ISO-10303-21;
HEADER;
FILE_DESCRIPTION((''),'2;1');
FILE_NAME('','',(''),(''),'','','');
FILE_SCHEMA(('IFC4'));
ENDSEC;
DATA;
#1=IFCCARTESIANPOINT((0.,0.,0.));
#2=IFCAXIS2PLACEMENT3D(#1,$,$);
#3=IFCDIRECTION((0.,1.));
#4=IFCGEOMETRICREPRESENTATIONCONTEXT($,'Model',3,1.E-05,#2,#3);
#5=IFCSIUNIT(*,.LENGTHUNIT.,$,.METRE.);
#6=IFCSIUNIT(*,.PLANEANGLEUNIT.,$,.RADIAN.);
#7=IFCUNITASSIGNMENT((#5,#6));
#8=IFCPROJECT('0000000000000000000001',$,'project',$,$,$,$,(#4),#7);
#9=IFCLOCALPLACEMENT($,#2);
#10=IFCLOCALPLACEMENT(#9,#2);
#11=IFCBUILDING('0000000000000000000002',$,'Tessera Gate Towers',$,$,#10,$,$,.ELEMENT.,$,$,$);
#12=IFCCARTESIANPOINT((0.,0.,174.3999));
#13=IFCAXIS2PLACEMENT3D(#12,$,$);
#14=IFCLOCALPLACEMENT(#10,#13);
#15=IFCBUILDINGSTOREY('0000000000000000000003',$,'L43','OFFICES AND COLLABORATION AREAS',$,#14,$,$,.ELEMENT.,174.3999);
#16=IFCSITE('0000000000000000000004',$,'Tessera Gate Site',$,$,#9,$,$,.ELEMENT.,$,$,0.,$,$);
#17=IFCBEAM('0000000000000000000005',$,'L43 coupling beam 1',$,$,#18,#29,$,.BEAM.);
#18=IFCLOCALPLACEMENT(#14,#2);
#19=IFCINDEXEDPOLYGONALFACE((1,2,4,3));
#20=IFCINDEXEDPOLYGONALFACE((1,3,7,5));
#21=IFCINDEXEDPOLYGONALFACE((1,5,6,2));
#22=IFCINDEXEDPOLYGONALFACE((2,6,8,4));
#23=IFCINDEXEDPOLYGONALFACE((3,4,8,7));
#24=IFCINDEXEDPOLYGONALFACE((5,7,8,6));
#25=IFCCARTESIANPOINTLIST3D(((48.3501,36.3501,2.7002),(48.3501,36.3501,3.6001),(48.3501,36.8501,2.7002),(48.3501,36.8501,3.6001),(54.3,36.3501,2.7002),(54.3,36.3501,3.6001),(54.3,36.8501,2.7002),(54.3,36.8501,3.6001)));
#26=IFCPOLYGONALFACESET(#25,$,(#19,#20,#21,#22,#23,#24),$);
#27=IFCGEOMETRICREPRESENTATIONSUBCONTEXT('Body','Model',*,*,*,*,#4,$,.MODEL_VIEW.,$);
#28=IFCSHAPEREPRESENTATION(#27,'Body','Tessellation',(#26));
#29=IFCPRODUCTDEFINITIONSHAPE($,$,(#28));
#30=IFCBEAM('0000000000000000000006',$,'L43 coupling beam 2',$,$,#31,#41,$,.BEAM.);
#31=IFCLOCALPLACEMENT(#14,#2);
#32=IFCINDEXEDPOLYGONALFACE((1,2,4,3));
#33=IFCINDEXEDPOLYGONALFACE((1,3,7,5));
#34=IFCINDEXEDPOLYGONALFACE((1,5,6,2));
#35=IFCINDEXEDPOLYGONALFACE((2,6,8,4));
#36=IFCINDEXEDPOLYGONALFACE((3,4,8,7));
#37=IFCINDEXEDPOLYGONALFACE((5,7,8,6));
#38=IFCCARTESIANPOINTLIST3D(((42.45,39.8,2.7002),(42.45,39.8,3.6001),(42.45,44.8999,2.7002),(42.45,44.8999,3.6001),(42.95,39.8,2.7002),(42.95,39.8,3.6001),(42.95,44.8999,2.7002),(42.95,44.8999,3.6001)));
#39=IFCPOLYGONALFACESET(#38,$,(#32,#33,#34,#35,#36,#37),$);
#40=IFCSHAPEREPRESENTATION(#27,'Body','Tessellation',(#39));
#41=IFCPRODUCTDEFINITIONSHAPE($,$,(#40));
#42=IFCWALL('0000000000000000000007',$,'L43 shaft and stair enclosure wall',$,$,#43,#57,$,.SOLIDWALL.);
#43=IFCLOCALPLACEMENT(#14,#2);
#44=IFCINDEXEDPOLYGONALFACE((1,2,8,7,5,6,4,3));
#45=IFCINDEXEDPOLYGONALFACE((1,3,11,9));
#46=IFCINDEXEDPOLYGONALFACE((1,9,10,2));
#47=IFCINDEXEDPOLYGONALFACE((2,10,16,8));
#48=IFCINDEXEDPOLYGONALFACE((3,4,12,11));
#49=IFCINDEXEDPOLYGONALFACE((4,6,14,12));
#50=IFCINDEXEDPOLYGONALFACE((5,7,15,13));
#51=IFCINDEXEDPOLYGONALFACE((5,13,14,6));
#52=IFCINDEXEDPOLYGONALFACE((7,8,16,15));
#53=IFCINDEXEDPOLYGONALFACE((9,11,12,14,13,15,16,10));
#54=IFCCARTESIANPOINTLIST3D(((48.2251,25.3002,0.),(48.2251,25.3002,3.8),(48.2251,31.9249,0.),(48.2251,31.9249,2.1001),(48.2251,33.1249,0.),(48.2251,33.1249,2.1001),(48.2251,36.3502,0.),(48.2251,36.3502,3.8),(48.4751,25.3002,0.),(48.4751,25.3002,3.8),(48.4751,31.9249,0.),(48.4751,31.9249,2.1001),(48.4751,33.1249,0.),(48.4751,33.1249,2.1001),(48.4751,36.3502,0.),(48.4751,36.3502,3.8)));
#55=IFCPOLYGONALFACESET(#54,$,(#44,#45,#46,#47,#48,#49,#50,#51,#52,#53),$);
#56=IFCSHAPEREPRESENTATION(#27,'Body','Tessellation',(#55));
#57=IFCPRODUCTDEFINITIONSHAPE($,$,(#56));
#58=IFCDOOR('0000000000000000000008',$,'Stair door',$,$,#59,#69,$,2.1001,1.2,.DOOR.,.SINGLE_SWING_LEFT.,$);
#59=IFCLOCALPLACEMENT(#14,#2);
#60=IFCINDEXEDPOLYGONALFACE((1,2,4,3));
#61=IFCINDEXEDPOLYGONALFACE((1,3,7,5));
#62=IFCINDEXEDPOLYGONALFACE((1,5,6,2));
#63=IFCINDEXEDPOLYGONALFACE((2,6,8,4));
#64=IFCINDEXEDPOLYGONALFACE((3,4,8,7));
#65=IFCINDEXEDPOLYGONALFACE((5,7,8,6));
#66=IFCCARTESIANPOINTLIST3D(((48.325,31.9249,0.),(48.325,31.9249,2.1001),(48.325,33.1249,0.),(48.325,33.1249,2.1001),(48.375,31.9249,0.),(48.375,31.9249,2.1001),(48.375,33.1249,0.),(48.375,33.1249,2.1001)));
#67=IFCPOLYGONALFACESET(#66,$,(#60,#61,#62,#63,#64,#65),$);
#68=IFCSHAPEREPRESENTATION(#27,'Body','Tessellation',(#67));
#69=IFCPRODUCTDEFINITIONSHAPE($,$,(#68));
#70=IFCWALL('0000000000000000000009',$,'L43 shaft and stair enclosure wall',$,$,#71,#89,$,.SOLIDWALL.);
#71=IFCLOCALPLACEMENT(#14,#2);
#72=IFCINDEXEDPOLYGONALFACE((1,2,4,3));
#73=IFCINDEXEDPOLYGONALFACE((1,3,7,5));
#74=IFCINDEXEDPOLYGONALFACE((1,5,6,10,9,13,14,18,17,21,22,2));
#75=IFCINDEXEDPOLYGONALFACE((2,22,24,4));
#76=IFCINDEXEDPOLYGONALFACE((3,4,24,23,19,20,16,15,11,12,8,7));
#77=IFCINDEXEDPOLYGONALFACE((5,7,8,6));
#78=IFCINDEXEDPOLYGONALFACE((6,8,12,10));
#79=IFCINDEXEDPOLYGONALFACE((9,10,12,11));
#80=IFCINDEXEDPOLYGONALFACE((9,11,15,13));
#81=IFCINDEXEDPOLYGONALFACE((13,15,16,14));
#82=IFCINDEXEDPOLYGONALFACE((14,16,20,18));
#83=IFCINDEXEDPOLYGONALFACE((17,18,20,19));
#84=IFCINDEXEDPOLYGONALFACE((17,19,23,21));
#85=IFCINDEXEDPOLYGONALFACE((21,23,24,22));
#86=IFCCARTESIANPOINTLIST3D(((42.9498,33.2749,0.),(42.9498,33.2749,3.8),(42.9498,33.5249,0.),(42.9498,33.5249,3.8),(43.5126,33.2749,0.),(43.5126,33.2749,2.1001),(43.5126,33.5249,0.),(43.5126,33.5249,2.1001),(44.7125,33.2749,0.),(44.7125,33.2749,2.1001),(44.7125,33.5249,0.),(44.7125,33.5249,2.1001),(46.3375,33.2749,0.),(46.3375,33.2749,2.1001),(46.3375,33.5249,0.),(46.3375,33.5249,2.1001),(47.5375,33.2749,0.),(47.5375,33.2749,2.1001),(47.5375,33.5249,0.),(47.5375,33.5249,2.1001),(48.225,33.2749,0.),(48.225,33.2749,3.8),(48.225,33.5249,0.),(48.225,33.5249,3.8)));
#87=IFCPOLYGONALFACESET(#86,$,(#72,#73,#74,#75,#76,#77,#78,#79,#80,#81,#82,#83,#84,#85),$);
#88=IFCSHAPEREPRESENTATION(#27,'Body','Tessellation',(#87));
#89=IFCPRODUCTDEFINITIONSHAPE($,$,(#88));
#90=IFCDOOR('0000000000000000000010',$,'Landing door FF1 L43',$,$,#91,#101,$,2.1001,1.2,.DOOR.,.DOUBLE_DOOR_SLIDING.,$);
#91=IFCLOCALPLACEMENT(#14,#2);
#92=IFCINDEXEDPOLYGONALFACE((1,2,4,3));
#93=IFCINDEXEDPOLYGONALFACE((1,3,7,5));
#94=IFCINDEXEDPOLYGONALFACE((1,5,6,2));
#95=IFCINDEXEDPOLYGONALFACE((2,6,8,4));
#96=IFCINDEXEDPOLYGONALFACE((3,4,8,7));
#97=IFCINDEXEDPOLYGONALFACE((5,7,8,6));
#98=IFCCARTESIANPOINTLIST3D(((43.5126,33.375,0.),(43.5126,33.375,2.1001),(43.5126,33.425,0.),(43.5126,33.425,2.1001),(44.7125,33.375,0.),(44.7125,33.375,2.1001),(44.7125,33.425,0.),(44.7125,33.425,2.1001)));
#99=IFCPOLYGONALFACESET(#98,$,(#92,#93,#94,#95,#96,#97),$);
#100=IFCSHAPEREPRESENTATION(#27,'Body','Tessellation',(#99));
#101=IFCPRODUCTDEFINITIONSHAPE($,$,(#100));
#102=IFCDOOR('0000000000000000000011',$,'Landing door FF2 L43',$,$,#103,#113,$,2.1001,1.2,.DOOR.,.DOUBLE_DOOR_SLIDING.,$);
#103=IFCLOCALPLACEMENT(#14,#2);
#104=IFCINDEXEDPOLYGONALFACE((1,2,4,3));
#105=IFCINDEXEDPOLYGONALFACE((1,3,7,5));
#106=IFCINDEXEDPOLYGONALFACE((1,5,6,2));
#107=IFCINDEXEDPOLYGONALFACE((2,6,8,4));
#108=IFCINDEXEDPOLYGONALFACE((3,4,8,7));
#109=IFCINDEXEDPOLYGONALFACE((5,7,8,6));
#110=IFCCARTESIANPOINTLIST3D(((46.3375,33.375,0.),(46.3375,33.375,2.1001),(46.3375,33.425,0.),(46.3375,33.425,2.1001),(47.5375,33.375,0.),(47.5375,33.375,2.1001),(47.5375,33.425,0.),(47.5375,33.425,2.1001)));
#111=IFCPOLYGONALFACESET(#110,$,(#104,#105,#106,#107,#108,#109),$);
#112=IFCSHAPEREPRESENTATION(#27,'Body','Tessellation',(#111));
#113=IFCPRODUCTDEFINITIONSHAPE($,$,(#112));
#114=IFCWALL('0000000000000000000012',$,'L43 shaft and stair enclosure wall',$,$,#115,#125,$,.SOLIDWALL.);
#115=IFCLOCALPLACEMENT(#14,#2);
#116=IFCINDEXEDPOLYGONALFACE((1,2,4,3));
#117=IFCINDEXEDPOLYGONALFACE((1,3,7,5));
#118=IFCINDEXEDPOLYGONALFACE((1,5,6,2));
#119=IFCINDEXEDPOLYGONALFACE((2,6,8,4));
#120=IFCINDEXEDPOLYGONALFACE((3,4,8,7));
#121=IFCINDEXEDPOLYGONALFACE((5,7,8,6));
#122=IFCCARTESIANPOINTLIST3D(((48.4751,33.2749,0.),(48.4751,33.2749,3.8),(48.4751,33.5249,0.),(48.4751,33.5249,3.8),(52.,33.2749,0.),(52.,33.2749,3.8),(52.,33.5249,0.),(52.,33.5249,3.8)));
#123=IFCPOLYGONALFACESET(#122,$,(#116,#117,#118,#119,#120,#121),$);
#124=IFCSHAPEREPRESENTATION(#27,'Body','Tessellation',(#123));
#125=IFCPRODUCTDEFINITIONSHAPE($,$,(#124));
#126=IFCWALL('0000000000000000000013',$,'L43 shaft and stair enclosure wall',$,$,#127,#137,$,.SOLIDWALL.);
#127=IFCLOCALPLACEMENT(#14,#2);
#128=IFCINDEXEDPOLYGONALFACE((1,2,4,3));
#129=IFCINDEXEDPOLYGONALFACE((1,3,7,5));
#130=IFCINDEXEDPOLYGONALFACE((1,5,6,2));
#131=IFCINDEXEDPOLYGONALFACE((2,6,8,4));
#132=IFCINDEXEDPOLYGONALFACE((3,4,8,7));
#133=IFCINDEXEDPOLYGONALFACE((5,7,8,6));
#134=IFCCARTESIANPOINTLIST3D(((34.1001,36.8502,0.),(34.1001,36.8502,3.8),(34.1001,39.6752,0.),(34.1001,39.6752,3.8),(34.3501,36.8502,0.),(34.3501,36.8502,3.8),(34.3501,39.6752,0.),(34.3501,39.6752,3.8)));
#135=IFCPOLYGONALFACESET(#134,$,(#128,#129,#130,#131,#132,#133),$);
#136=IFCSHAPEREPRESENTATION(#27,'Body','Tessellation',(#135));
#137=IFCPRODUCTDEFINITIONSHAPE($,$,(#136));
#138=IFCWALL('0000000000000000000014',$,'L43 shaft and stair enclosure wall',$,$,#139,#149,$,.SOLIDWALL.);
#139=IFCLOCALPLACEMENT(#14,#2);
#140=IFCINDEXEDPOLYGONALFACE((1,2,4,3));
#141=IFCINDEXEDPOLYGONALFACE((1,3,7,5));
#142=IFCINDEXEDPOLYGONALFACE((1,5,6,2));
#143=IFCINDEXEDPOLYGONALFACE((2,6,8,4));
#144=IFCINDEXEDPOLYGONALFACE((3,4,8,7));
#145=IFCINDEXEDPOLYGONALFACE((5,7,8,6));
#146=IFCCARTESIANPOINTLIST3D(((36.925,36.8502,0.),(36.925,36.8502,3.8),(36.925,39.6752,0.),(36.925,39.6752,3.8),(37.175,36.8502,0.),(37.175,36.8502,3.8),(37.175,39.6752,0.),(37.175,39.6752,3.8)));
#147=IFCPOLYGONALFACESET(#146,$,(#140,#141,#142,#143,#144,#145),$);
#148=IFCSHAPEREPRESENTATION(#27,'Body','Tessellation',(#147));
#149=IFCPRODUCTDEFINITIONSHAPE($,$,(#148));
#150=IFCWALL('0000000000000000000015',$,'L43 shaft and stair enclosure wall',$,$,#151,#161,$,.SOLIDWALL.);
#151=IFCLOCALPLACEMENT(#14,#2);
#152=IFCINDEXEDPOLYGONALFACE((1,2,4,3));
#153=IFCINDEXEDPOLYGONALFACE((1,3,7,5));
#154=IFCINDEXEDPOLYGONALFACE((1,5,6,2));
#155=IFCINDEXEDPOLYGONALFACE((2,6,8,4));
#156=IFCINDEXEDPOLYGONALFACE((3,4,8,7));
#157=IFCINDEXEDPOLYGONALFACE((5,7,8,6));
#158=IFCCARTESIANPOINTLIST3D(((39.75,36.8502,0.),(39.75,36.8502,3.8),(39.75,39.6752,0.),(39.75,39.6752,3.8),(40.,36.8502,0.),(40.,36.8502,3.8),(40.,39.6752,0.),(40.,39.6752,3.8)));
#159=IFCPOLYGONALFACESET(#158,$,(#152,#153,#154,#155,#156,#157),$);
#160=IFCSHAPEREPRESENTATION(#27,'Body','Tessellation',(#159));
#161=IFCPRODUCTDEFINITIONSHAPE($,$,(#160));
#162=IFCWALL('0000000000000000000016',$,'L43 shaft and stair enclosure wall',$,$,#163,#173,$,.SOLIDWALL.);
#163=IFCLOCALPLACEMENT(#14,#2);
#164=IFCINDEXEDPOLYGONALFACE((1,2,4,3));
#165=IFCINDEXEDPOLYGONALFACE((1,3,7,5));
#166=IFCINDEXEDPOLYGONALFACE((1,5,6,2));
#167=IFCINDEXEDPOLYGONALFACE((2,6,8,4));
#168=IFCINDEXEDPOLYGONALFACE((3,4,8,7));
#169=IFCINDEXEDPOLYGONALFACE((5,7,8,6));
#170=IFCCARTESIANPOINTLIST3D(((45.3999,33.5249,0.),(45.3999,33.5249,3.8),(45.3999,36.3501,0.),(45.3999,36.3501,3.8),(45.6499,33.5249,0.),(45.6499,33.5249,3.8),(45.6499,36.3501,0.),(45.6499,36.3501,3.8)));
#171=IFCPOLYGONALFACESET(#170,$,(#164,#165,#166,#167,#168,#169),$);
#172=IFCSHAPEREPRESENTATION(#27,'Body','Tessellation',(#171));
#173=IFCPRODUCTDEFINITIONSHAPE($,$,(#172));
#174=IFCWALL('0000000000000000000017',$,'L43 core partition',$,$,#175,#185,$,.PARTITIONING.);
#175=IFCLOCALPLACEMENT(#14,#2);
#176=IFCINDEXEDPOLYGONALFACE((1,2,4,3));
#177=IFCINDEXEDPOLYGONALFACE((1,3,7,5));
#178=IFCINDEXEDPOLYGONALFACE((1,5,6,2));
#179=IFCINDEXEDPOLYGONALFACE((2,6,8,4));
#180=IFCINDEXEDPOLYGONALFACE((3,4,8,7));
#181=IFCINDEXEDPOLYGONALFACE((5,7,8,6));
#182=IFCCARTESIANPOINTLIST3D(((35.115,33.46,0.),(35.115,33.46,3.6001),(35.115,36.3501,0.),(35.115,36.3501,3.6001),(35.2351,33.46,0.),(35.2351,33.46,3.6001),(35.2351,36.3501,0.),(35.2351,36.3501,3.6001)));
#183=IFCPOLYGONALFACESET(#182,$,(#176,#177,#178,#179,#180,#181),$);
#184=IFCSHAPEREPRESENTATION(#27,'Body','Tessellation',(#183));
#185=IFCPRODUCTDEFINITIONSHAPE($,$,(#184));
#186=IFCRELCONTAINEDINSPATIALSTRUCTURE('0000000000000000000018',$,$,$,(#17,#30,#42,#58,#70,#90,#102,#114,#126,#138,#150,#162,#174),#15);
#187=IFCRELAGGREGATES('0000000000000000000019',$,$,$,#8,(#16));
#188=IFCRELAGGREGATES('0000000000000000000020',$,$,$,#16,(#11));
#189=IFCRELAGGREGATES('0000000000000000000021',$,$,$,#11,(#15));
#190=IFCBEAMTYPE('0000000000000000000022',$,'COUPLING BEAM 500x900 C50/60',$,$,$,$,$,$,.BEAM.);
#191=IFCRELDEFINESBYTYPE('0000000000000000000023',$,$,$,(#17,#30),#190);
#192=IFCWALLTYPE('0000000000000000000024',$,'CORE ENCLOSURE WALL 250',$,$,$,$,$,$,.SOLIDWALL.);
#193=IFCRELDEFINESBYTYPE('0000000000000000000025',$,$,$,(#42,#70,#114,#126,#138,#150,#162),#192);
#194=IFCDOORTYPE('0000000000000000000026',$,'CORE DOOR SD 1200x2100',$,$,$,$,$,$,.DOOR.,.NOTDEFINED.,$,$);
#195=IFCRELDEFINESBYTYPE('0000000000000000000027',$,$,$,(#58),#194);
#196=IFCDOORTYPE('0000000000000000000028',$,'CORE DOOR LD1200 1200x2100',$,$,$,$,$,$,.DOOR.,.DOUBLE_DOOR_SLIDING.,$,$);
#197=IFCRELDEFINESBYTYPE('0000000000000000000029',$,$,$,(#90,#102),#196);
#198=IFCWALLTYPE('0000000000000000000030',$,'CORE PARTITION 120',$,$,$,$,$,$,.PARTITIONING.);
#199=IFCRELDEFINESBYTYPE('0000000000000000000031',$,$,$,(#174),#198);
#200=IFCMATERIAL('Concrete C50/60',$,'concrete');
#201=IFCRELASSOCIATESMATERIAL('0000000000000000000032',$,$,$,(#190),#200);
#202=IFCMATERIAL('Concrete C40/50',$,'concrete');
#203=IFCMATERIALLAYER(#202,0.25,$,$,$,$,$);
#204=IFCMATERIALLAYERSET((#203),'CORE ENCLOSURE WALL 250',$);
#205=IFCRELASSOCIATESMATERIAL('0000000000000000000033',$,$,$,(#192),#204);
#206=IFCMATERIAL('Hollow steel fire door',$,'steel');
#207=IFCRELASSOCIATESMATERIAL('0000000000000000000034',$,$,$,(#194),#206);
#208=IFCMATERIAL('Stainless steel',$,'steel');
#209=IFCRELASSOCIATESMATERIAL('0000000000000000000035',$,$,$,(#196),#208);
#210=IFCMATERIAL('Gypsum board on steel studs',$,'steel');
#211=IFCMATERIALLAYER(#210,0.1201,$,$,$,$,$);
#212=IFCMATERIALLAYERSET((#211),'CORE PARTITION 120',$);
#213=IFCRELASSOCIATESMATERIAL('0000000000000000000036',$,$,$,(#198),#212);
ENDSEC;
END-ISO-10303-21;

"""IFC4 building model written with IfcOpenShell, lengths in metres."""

from ifc_helpers import new_model, si_unit, direction, frame, frame_2d, origin, origin_2d, place, context, subcontext, project, spatial, rectangle, extrude, source, transform, mapped, material, layer, layer_set, material_profile, profile_set, type_object, element, fill, save


model = new_model("IFC4")

# Units and contexts
model_context = context("Model", 3, precision=1e-05, world=origin(), true_north=direction((0.0, 1.0)))
body_context = subcontext(model_context, "Body", "Model", "MODEL_VIEW")
ifc_project = project(units=[si_unit("LENGTHUNIT", "METRE"), si_unit("PLANEANGLEUNIT", "RADIAN")], contexts=[model_context])

# Site, building, storey
site_placement = place(None, origin())
site = spatial("IfcSite", under=ifc_project, at=site_placement, Name="Tessera Gate Site", CompositionType="ELEMENT", RefElevation=0.0)
building_placement = place(site_placement, origin())
building = spatial("IfcBuilding", under=site, at=building_placement, Name="Tessera Gate Towers", CompositionType="ELEMENT")
storey_placement = place(building_placement, frame((0.0, 0.0, 174.3999)))
storey = spatial("IfcBuildingStorey", under=building, at=storey_placement, Name="L43", Description="OFFICES AND COLLABORATION AREAS", CompositionType="ELEMENT", Elevation=174.3999)

# Beams
ifc_material_1 = material(Name="Concrete C50/60", Category="concrete")
ifc_material_profile = material_profile(ifc_material_1, rectangle(XDim=0.5, YDim=0.8999, at=origin_2d()), Name="RC 500x900")
ifc_profile_set = profile_set([ifc_material_profile], Name="Concrete C50/60")
beam_type = type_object("IfcBeamType", Name="COUPLING BEAM 500x900 C50/60", PredefinedType="BEAM", material=ifc_profile_set)
beam_1_placement = place(storey_placement, frame((48.3501, 36.6001, 3.1501), z_axis=(1.0, 0.0, 0.0), x_axis=(0.0, 1.0, 0.0)))
element("IfcBeam", 1, at=beam_1_placement, inside=storey, type_object=beam_type, Name="L43 coupling beam 1", PredefinedType="BEAM", context=body_context, shape_type="SweptSolid", body=[
    extrude(rectangle(XDim=0.5, YDim=0.8999, at=origin_2d()), origin(), (0.0, 0.0, 1.0), 5.95),
])
beam_2_placement = place(storey_placement, frame((42.7, 39.8, 3.1501), z_axis=(0.0, 1.0, 0.0), x_axis=(-1.0, 0.0, 0.0)))
element("IfcBeam", 2, at=beam_2_placement, inside=storey, type_object=beam_type, Name="L43 coupling beam 2", PredefinedType="BEAM", context=body_context, shape_type="SweptSolid", body=[
    extrude(rectangle(XDim=0.5, YDim=0.8999, at=origin_2d()), origin(), (0.0, 0.0, 1.0), 5.0999),
])

# Wall, opening, door
ifc_material_2 = material(Name="Concrete C40/50", Category="concrete")
ifc_layer_1 = layer(ifc_material_2, 0.25)
ifc_layer_set_1 = layer_set([ifc_layer_1], Name="CORE ENCLOSURE WALL 250")
wall_type_1 = type_object("IfcWallType", Name="CORE ENCLOSURE WALL 250", PredefinedType="SOLIDWALL", material=ifc_layer_set_1)
wall_1_placement = place(storey_placement, frame((48.3501, 36.3501, 0.0), z_axis=(0.0, 0.0, 1.0), x_axis=(0.0, -1.0, 0.0)))
wall_1 = element("IfcWall", 3, at=wall_1_placement, inside=storey, type_object=wall_type_1, Name="L43 shaft and stair enclosure wall", PredefinedType="SOLIDWALL", context=body_context, shape_type="SweptSolid", body=[
    extrude(rectangle(XDim=11.05, YDim=0.25, at=frame_2d((5.5249, 0.0))), origin(), (0.0, 0.0, 1.0), 3.8),
])
shared_shape_1 = source(origin(), body_context, "Body", "SweptSolid", [
    extrude(rectangle(XDim=1.2, YDim=2.1001, at=frame_2d((0.6001, 1.05))), frame((0.0, 0.135, 0.0), z_axis=(0.0, -1.0, 0.0), x_axis=(1.0, 0.0, 0.0)), (0.0, 0.0, 1.0), 0.27),
])
opening_1_placement = place(wall_1_placement, frame((3.2251, 0.0, 0.0)))
opening_1 = element("IfcOpeningElement", 4, at=opening_1_placement, cuts=wall_1, PredefinedType="OPENING", context=body_context, shape_type="MappedRepresentation", body=[
    mapped(shared_shape_1, transform((0.0, 0.0, 0.0), scale=1.0)),
])
ifc_material_3 = material(Name="Hollow steel fire door", Category="steel")
door_type_1 = type_object("IfcDoorType", Name="CORE DOOR SD 1200x2100", OperationType="NOTDEFINED", PredefinedType="DOOR", material=ifc_material_3)
shared_shape_2 = source(origin(), body_context, "Body", "SweptSolid", [
    extrude(rectangle(XDim=1.2, YDim=2.1001, at=frame_2d((0.6001, 1.05))), frame((0.0, 0.0249, 0.0), z_axis=(0.0, -1.0, 0.0), x_axis=(1.0, 0.0, 0.0)), (0.0, 0.0, 1.0), 0.05),
])
door_1_placement = place(opening_1_placement, origin())
door_1 = element("IfcDoor", 5, at=door_1_placement, inside=storey, type_object=door_type_1, Name="Stair door", OperationType="SINGLE_SWING_LEFT", OverallHeight=2.1001, OverallWidth=1.2, PredefinedType="DOOR", context=body_context, shape_type="MappedRepresentation", body=[
    mapped(shared_shape_2, transform((0.0, 0.0, 0.0), scale=1.0)),
])
fill(opening_1, door_1)

# Wall, openings, doors
wall_2_placement = place(storey_placement, frame((48.2251, 33.3999, 0.0), z_axis=(0.0, 0.0, 1.0), x_axis=(-1.0, 0.0, 0.0)))
wall_2 = element("IfcWall", 6, at=wall_2_placement, inside=storey, type_object=wall_type_1, Name="L43 shaft and stair enclosure wall", PredefinedType="SOLIDWALL", context=body_context, shape_type="SweptSolid", body=[
    extrude(rectangle(XDim=5.2751, YDim=0.25, at=frame_2d((2.6377, 0.0))), origin(), (0.0, 0.0, 1.0), 3.8),
])
opening_2_placement = place(wall_2_placement, frame((3.5125, 0.0, 0.0)))
opening_2 = element("IfcOpeningElement", 7, at=opening_2_placement, cuts=wall_2, PredefinedType="OPENING", context=body_context, shape_type="MappedRepresentation", body=[
    mapped(shared_shape_1, transform((0.0, 0.0, 0.0), scale=1.0)),
])
opening_3_placement = place(wall_2_placement, frame((0.6875, 0.0, 0.0)))
opening_3 = element("IfcOpeningElement", 8, at=opening_3_placement, cuts=wall_2, PredefinedType="OPENING", context=body_context, shape_type="MappedRepresentation", body=[
    mapped(shared_shape_1, transform((0.0, 0.0, 0.0), scale=1.0)),
])
ifc_material_4 = material(Name="Stainless steel", Category="steel")
door_type_2 = type_object("IfcDoorType", Name="CORE DOOR LD1200 1200x2100", OperationType="DOUBLE_DOOR_SLIDING", PredefinedType="DOOR", material=ifc_material_4)
door_2_placement = place(opening_2_placement, origin())
door_2 = element("IfcDoor", 9, at=door_2_placement, inside=storey, type_object=door_type_2, Name="Landing door FF1 L43", OperationType="DOUBLE_DOOR_SLIDING", OverallHeight=2.1001, OverallWidth=1.2, PredefinedType="DOOR", context=body_context, shape_type="MappedRepresentation", body=[
    mapped(shared_shape_2, transform((0.0, 0.0, 0.0), scale=1.0)),
])
fill(opening_2, door_2)
door_3_placement = place(opening_3_placement, origin())
door_3 = element("IfcDoor", 10, at=door_3_placement, inside=storey, type_object=door_type_2, Name="Landing door FF2 L43", OperationType="DOUBLE_DOOR_SLIDING", OverallHeight=2.1001, OverallWidth=1.2, PredefinedType="DOOR", context=body_context, shape_type="MappedRepresentation", body=[
    mapped(shared_shape_2, transform((0.0, 0.0, 0.0), scale=1.0)),
])
fill(opening_3, door_3)

# Walls
wall_3_placement = place(storey_placement, frame((48.4751, 33.3999, 0.0), z_axis=(0.0, 0.0, 1.0), x_axis=(1.0, 0.0, 0.0)))
element("IfcWall", 11, at=wall_3_placement, inside=storey, type_object=wall_type_1, Name="L43 shaft and stair enclosure wall", PredefinedType="SOLIDWALL", context=body_context, shape_type="SweptSolid", body=[
    extrude(rectangle(XDim=3.5249, YDim=0.25, at=frame_2d((1.7625, 0.0))), origin(), (0.0, 0.0, 1.0), 3.8),
])
for number, where, z_axis, x_axis, name in (
    (12, (34.2251, 36.8501, 0.0), (0.0, 0.0, 1.0), (0.0, 1.0, 0.0), "L43 shaft and stair enclosure wall"),
    (13, (37.05, 36.8501, 0.0), (0.0, 0.0, 1.0), (0.0, 1.0, 0.0), "L43 shaft and stair enclosure wall"),
    (14, (39.875, 36.8501, 0.0), (0.0, 0.0, 1.0), (0.0, 1.0, 0.0), "L43 shaft and stair enclosure wall"),
):
    element("IfcWall", number, at=place(storey_placement, frame(where, z_axis=z_axis, x_axis=x_axis)), inside=storey, type_object=wall_type_1, Name=name, PredefinedType="SOLIDWALL", context=body_context, shape_type="SweptSolid", body=[
        extrude(rectangle(XDim=2.825, YDim=0.25, at=frame_2d((1.4126, 0.0))), origin(), (0.0, 0.0, 1.0), 3.8),
    ])
wall_4_placement = place(storey_placement, frame((45.5249, 33.5249, 0.0), z_axis=(0.0, 0.0, 1.0), x_axis=(0.0, 1.0, 0.0)))
element("IfcWall", 15, at=wall_4_placement, inside=storey, type_object=wall_type_1, Name="L43 shaft and stair enclosure wall", PredefinedType="SOLIDWALL", context=body_context, shape_type="SweptSolid", body=[
    extrude(rectangle(XDim=2.8252, YDim=0.25, at=frame_2d((1.4126, 0.0))), origin(), (0.0, 0.0, 1.0), 3.8),
])
ifc_material_5 = material(Name="Gypsum board on steel studs", Category="steel")
ifc_layer_2 = layer(ifc_material_5, 0.1201)
ifc_layer_set_2 = layer_set([ifc_layer_2], Name="CORE PARTITION 120")
wall_type_2 = type_object("IfcWallType", Name="CORE PARTITION 120", PredefinedType="PARTITIONING", material=ifc_layer_set_2)
for number, where, z_axis, x_axis, name in (
    (16, (35.175, 33.46, 0.0), (0.0, 0.0, 1.0), (0.0, 1.0, 0.0), "L43 core partition"),
):
    element("IfcWall", number, at=place(storey_placement, frame(where, z_axis=z_axis, x_axis=x_axis)), inside=storey, type_object=wall_type_2, Name=name, PredefinedType="PARTITIONING", context=body_context, shape_type="SweptSolid", body=[
        extrude(rectangle(XDim=2.8901, YDim=0.1201, at=frame_2d((1.4451, 0.0))), origin(), (0.0, 0.0, 1.0), 3.6001),
    ])

save(model, "model.ifc")
